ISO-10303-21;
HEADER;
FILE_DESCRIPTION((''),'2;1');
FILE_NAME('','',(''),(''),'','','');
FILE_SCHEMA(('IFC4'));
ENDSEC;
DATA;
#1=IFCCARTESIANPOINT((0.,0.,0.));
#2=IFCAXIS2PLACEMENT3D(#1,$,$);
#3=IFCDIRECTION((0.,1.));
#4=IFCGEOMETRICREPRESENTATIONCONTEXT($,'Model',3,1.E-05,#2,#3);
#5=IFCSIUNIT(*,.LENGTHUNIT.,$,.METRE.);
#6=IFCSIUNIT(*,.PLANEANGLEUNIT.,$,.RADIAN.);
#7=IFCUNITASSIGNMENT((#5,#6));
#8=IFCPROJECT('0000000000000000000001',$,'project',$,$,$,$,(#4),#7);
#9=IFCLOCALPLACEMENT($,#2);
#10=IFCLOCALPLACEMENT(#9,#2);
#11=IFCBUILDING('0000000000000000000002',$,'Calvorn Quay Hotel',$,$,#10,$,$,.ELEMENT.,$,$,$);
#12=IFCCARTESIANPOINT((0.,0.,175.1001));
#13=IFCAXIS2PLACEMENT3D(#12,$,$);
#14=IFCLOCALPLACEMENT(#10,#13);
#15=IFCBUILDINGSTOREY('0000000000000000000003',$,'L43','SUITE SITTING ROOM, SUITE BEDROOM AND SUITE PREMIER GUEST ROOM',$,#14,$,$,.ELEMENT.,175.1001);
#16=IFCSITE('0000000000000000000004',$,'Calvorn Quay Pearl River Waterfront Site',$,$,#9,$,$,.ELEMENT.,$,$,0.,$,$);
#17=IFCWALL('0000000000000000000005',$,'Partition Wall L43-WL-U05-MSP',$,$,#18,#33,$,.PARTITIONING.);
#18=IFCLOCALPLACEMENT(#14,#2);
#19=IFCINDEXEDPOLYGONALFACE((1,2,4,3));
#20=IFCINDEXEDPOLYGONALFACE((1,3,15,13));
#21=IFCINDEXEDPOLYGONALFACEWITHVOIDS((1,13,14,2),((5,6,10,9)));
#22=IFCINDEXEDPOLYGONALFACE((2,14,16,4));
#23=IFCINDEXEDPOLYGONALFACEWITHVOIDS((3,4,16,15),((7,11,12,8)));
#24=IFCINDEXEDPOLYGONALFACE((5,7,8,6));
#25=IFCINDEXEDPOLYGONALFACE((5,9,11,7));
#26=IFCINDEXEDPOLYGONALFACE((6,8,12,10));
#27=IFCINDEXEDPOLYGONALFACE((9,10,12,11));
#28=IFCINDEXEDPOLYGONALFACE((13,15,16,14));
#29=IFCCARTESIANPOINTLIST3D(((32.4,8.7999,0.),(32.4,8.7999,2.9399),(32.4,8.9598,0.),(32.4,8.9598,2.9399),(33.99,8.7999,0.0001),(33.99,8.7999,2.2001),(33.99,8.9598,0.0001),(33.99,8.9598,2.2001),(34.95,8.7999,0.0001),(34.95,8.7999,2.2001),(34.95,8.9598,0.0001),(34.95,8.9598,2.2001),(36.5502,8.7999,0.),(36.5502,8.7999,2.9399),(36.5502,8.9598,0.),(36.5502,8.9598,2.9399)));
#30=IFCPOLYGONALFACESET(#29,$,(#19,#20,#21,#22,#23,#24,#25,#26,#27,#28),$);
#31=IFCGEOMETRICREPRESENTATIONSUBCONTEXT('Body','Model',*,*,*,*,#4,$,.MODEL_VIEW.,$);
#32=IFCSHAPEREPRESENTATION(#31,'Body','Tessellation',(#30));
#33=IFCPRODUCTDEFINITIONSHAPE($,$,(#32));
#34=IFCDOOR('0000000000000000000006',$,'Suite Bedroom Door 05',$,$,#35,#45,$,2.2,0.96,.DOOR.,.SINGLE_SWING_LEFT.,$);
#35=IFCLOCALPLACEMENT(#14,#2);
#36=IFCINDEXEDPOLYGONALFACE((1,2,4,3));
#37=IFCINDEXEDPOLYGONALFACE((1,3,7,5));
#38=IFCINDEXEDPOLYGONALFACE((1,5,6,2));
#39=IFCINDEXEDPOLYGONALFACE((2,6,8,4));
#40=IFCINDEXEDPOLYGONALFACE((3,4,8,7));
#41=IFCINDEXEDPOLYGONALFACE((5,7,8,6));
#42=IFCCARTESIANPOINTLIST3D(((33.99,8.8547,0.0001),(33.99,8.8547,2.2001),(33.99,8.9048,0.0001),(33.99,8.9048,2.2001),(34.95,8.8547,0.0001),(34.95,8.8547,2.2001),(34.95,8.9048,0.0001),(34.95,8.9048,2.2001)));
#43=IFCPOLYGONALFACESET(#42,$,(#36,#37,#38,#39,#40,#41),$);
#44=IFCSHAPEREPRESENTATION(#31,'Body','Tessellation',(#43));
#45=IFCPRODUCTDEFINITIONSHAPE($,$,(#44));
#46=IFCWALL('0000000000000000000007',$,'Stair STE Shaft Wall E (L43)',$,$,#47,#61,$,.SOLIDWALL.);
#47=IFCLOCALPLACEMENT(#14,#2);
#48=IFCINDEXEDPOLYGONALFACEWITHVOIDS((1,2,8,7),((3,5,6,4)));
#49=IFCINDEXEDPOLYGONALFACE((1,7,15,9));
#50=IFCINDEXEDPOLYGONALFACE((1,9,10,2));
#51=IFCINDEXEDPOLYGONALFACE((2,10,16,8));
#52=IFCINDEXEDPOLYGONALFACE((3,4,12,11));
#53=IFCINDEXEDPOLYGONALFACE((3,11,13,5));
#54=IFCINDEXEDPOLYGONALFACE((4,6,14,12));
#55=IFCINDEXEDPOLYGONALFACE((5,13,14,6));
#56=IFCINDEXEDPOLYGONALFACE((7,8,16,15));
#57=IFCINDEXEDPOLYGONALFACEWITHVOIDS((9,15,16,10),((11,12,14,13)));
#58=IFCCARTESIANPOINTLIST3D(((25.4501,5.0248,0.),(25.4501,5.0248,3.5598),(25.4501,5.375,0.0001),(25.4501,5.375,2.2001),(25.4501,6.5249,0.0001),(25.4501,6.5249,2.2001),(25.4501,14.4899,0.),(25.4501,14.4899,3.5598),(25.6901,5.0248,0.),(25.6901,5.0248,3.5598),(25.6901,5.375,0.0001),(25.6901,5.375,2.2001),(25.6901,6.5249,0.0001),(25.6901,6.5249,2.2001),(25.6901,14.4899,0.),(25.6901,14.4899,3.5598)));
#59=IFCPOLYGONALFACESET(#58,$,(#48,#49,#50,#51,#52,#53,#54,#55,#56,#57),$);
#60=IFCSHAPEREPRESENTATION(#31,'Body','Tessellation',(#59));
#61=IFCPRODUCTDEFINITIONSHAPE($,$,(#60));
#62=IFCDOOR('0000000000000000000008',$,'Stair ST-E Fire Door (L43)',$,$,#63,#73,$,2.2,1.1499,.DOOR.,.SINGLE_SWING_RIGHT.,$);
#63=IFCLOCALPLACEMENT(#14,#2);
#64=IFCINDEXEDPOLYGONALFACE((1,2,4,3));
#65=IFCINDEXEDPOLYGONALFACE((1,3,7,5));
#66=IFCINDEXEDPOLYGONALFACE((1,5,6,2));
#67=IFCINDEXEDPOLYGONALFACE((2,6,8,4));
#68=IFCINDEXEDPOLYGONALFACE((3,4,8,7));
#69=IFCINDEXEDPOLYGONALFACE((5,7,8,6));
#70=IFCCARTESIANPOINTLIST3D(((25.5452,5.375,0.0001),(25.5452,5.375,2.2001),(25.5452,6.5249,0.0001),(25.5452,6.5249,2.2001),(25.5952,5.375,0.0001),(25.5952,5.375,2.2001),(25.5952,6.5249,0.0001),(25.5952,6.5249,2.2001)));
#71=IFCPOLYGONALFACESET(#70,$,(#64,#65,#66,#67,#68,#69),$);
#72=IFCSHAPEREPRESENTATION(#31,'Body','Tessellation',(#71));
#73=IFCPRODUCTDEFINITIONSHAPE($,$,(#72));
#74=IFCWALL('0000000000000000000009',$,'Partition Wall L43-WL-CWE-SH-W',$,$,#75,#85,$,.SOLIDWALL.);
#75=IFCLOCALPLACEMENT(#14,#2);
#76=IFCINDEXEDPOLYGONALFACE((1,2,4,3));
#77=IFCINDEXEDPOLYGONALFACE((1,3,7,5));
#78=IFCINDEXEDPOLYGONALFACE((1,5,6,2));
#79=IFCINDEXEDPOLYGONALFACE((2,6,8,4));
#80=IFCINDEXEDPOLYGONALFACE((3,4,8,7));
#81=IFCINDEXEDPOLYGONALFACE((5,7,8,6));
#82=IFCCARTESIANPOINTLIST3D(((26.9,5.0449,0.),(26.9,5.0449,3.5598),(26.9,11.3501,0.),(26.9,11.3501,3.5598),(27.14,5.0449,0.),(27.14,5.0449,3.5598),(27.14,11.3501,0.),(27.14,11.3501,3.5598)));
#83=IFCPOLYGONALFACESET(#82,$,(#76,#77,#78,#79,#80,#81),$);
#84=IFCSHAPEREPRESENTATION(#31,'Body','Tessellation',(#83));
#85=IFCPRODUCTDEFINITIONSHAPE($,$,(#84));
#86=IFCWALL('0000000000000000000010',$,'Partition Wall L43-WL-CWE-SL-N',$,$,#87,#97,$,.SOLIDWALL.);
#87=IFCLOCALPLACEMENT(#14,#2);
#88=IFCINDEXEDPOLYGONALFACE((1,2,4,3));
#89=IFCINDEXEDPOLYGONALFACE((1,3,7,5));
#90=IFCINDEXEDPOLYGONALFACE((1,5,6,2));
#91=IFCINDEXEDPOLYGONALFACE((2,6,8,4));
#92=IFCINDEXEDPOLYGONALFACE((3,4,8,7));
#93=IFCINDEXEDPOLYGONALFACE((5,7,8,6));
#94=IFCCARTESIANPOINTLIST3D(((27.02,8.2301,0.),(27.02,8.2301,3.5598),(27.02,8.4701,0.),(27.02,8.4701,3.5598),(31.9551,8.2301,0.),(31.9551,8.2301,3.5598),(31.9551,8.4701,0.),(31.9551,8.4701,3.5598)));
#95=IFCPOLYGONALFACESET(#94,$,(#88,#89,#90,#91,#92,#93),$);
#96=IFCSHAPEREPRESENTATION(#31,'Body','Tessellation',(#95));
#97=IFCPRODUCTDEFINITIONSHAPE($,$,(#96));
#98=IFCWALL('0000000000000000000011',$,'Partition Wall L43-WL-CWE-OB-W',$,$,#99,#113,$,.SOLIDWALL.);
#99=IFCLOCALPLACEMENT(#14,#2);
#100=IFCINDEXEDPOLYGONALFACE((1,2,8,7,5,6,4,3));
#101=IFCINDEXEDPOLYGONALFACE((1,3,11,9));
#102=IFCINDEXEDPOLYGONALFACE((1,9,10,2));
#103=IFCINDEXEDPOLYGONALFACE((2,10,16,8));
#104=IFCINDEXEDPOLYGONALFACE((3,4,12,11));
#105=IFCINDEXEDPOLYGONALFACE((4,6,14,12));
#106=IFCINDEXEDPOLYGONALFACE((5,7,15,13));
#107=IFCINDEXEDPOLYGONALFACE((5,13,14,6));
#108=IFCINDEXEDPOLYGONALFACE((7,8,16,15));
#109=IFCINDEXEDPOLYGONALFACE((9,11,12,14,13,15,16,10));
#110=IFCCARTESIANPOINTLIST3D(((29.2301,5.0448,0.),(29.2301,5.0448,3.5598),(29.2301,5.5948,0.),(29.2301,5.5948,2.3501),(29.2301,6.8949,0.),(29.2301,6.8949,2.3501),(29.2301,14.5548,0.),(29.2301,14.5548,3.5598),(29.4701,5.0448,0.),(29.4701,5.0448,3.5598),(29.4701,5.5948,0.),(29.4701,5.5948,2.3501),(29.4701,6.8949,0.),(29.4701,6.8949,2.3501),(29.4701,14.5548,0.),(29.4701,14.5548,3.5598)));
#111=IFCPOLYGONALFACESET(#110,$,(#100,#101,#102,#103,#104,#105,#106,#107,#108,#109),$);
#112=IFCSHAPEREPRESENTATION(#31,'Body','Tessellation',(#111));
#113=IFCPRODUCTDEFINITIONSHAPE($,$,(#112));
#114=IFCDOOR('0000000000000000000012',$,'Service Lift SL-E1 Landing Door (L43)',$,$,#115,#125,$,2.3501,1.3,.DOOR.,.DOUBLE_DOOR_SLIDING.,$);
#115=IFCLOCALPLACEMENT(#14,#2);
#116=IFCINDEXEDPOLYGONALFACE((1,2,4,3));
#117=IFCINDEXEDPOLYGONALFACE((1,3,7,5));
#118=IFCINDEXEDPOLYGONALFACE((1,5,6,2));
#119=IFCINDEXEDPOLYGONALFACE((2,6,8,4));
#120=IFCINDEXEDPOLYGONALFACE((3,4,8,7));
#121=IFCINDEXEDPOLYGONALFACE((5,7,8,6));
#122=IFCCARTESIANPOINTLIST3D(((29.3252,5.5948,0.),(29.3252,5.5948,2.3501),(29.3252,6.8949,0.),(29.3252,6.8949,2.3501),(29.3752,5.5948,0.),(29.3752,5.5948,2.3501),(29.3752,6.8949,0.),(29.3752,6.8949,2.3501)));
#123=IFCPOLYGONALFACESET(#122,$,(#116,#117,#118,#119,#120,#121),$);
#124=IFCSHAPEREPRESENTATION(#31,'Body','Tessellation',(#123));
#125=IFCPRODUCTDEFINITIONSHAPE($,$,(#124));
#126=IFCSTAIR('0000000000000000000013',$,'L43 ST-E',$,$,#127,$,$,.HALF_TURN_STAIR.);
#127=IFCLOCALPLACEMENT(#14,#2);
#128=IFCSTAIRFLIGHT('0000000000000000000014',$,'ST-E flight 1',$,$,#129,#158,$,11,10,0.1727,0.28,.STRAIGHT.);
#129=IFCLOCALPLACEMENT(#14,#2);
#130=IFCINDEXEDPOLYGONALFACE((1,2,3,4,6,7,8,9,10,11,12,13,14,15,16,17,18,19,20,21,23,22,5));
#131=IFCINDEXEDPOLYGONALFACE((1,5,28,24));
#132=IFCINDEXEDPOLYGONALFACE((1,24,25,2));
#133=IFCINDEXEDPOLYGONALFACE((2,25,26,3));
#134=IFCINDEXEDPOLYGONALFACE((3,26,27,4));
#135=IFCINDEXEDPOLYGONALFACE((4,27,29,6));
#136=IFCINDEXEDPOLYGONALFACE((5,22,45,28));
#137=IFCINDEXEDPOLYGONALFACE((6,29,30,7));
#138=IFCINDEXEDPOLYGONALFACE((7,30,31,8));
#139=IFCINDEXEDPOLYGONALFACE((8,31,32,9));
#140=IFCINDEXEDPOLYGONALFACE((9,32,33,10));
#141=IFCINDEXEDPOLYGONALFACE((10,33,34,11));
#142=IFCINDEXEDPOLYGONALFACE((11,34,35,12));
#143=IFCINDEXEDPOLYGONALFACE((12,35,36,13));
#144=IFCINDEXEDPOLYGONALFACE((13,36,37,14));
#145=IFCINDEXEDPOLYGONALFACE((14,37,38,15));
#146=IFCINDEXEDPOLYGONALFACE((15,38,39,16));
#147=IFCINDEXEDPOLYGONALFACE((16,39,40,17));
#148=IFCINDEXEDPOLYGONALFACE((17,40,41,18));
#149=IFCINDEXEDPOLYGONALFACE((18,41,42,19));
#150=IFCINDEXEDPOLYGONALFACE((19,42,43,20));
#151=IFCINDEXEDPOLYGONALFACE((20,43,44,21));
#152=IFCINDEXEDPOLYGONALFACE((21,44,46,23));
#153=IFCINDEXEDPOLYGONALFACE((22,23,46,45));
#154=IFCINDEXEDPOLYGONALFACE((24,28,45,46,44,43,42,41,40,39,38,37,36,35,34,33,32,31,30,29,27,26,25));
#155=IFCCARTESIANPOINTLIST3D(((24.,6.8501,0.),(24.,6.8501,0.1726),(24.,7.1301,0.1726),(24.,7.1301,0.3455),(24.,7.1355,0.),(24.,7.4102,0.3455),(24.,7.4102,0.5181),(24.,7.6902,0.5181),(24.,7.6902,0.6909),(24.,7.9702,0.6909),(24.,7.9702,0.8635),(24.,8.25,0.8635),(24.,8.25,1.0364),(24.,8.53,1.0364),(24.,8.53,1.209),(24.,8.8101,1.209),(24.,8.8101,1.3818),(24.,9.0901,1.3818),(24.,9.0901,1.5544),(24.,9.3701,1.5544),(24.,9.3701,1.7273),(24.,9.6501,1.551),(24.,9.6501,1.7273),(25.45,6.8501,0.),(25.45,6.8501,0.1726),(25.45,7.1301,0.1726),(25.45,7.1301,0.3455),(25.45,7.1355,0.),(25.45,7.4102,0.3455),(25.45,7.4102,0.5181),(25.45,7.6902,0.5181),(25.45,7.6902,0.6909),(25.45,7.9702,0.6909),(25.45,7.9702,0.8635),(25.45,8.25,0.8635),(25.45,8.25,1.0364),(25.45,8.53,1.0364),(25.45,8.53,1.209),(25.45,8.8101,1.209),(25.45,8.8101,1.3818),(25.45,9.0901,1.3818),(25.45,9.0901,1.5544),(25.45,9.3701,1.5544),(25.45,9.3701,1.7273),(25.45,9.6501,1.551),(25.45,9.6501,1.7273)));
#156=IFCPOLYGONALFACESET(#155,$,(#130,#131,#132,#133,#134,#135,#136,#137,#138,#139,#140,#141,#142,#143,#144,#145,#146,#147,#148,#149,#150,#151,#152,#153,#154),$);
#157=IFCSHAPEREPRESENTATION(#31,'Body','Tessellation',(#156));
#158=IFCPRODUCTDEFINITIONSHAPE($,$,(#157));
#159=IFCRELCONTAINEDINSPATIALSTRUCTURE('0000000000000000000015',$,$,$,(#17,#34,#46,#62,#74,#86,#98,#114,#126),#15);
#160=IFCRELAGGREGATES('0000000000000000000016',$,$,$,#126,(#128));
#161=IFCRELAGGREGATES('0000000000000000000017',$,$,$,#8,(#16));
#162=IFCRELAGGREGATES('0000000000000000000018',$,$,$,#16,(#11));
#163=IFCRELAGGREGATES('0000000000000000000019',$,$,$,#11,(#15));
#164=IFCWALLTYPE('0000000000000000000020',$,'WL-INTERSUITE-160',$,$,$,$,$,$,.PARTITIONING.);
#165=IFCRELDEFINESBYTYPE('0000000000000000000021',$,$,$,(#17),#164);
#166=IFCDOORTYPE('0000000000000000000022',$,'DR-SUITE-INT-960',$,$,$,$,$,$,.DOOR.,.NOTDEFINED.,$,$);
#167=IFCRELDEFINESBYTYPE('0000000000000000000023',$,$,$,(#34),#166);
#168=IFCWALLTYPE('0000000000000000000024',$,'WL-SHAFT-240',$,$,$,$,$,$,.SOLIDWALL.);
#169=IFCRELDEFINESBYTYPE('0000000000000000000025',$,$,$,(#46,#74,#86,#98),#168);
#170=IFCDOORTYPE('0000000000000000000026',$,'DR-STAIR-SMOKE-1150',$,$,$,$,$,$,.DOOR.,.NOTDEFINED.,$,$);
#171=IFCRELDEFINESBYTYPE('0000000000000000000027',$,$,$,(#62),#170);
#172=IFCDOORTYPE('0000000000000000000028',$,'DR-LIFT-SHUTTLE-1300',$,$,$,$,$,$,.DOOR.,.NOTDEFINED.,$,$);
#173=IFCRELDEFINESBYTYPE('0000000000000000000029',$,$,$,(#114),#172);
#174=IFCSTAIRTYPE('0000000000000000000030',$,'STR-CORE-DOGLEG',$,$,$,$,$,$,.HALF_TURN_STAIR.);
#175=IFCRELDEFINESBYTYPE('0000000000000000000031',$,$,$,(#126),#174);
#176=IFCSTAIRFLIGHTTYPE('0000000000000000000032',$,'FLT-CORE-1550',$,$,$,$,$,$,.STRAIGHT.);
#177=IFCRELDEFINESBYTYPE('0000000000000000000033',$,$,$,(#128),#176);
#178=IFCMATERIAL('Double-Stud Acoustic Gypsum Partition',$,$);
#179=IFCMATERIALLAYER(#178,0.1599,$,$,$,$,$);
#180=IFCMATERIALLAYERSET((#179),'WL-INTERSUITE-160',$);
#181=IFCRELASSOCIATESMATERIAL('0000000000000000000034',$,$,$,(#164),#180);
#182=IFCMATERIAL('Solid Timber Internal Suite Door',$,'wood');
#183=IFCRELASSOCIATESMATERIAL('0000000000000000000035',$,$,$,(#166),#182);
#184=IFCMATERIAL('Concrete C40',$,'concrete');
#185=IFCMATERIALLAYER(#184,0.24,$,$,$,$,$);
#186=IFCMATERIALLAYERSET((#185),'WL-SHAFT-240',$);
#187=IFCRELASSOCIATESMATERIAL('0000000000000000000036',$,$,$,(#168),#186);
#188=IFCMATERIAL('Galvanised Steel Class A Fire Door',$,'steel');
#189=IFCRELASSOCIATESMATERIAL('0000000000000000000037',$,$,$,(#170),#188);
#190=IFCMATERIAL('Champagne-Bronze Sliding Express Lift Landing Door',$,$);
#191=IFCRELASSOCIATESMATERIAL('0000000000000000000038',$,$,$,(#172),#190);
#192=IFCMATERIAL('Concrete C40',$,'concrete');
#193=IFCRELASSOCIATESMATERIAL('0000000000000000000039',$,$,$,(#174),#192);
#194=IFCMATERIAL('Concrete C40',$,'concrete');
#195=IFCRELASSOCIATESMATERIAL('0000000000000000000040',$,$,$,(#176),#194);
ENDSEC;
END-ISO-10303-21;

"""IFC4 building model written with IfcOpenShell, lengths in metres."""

from ifc_helpers import new_model, si_unit, direction, frame, frame_2d, origin, place, context, subcontext, project, spatial, polyline, rectangle, outline, extrude, material, layer, layer_set, type_object, element, fill, aggregate, save


model = new_model("IFC4")

# Units and contexts
model_context = context("Model", 3, precision=1e-05, world=origin(), true_north=direction((0.0, 1.0)))
body_context = subcontext(model_context, "Body", "Model", "MODEL_VIEW")
ifc_project = project(units=[si_unit("LENGTHUNIT", "METRE"), si_unit("PLANEANGLEUNIT", "RADIAN")], contexts=[model_context])

# Site, building, storey
site_placement = place(None, origin())
site = spatial("IfcSite", under=ifc_project, at=site_placement, Name="Calvorn Quay Pearl River Waterfront Site", CompositionType="ELEMENT", RefElevation=0.0)
building_placement = place(site_placement, origin())
building = spatial("IfcBuilding", under=site, at=building_placement, Name="Calvorn Quay Hotel", CompositionType="ELEMENT")
storey_placement = place(building_placement, frame((0.0, 0.0, 175.1001)))
storey = spatial("IfcBuildingStorey", under=building, at=storey_placement, Name="L43", Description="SUITE SITTING ROOM, SUITE BEDROOM AND SUITE PREMIER GUEST ROOM", CompositionType="ELEMENT", Elevation=175.1001)

# Walls, openings, doors
ifc_material_1 = material(Name="Double-Stud Acoustic Gypsum Partition")
ifc_layer_1 = layer(ifc_material_1, 0.1599)
ifc_layer_set_1 = layer_set([ifc_layer_1], Name="WL-INTERSUITE-160")
wall_type_1 = type_object("IfcWallType", Name="WL-INTERSUITE-160", PredefinedType="PARTITIONING", material=ifc_layer_set_1)
wall_1_placement = place(storey_placement, frame((32.3999, 8.8799, 0.0), z_axis=(0.0, 0.0, 1.0), x_axis=(1.0, 0.0, 0.0)))
wall_1 = element("IfcWall", 1, at=wall_1_placement, inside=storey, type_object=wall_type_1, Name="Partition Wall L43-WL-U05-MSP", PredefinedType="PARTITIONING", context=body_context, shape_type="SweptSolid", body=[
    extrude(rectangle(XDim=4.1501, YDim=0.1599, at=frame_2d((2.0752, 0.0))), origin(), (0.0, 0.0, 1.0), 2.9399),
])
opening_1_placement = place(wall_1_placement, frame((1.5901, 0.0, 0.0)))
opening_1 = element("IfcOpeningElement", 2, at=opening_1_placement, cuts=wall_1, PredefinedType="OPENING", context=body_context, shape_type="SweptSolid", body=[
    extrude(rectangle(XDim=0.96, YDim=2.2, at=frame_2d((0.48, 1.1001))), frame((0.0, 0.0898, 0.0), z_axis=(0.0, -1.0, 0.0), x_axis=(1.0, 0.0, 0.0)), (0.0, 0.0, 1.0), 0.1799),
])
ifc_material_2 = material(Name="Solid Timber Internal Suite Door", Category="wood")
door_type_1 = type_object("IfcDoorType", Name="DR-SUITE-INT-960", OperationType="NOTDEFINED", PredefinedType="DOOR", material=ifc_material_2)
door_1_placement = place(opening_1_placement, origin())
door_1 = element("IfcDoor", 3, at=door_1_placement, inside=storey, type_object=door_type_1, Name="Suite Bedroom Door 05", OperationType="SINGLE_SWING_LEFT", OverallHeight=2.2, OverallWidth=0.96, PredefinedType="DOOR", context=body_context, shape_type="SweptSolid", body=[
    extrude(rectangle(XDim=0.96, YDim=2.2, at=frame_2d((0.48, 1.1001))), frame((0.0, 0.0249, 0.0), z_axis=(0.0, -1.0, 0.0), x_axis=(1.0, 0.0, 0.0)), (0.0, 0.0, 1.0), 0.05),
])
fill(opening_1, door_1)
ifc_material_3 = material(Name="Concrete C40", Category="concrete")
ifc_layer_2 = layer(ifc_material_3, 0.24)
ifc_layer_set_2 = layer_set([ifc_layer_2], Name="WL-SHAFT-240")
wall_type_2 = type_object("IfcWallType", Name="WL-SHAFT-240", PredefinedType="SOLIDWALL", material=ifc_layer_set_2)
wall_2_placement = place(storey_placement, frame((25.5701, 5.0249, 0.0), z_axis=(0.0, 0.0, 1.0), x_axis=(0.0, 1.0, 0.0)))
wall_2 = element("IfcWall", 4, at=wall_2_placement, inside=storey, type_object=wall_type_2, Name="Stair STE Shaft Wall E (L43)", PredefinedType="SOLIDWALL", context=body_context, shape_type="SweptSolid", body=[
    extrude(rectangle(XDim=9.4651, YDim=0.24, at=frame_2d((4.7324, 0.0))), origin(), (0.0, 0.0, 1.0), 3.5598),
])
opening_2_placement = place(wall_2_placement, frame((0.3501, 0.0, 0.0)))
opening_2 = element("IfcOpeningElement", 5, at=opening_2_placement, cuts=wall_2, PredefinedType="OPENING", context=body_context, shape_type="SweptSolid", body=[
    extrude(rectangle(XDim=1.1499, YDim=2.2, at=frame_2d((0.575, 1.1001))), frame((0.0, 0.1299, 0.0), z_axis=(0.0, -1.0, 0.0), x_axis=(1.0, 0.0, 0.0)), (0.0, 0.0, 1.0), 0.26),
])
ifc_material_4 = material(Name="Galvanised Steel Class A Fire Door", Category="steel")
door_type_2 = type_object("IfcDoorType", Name="DR-STAIR-SMOKE-1150", OperationType="NOTDEFINED", PredefinedType="DOOR", material=ifc_material_4)
door_2_placement = place(opening_2_placement, origin())
door_2 = element("IfcDoor", 6, at=door_2_placement, inside=storey, type_object=door_type_2, Name="Stair ST-E Fire Door (L43)", OperationType="SINGLE_SWING_RIGHT", OverallHeight=2.2, OverallWidth=1.1499, PredefinedType="DOOR", context=body_context, shape_type="SweptSolid", body=[
    extrude(rectangle(XDim=1.1499, YDim=2.2, at=frame_2d((0.575, 1.1001))), frame((0.0, 0.0249, 0.0), z_axis=(0.0, -1.0, 0.0), x_axis=(1.0, 0.0, 0.0)), (0.0, 0.0, 1.0), 0.05),
])
fill(opening_2, door_2)

# Walls
wall_3_placement = place(storey_placement, frame((27.02, 5.0449, 0.0), z_axis=(0.0, 0.0, 1.0), x_axis=(0.0, 1.0, 0.0)))
element("IfcWall", 7, at=wall_3_placement, inside=storey, type_object=wall_type_2, Name="Partition Wall L43-WL-CWE-SH-W", PredefinedType="SOLIDWALL", context=body_context, shape_type="SweptSolid", body=[
    extrude(rectangle(XDim=6.3052, YDim=0.24, at=frame_2d((3.1526, 0.0))), origin(), (0.0, 0.0, 1.0), 3.5598),
])
wall_4_placement = place(storey_placement, frame((27.02, 8.3501, 0.0), z_axis=(0.0, 0.0, 1.0), x_axis=(1.0, 0.0, 0.0)))
element("IfcWall", 8, at=wall_4_placement, inside=storey, type_object=wall_type_2, Name="Partition Wall L43-WL-CWE-SL-N", PredefinedType="SOLIDWALL", context=body_context, shape_type="SweptSolid", body=[
    extrude(rectangle(XDim=4.9351, YDim=0.24, at=frame_2d((2.4675, 0.0))), origin(), (0.0, 0.0, 1.0), 3.5598),
])

# Wall, opening, door
wall_5_placement = place(storey_placement, frame((29.3501, 5.0449, 0.0), z_axis=(0.0, 0.0, 1.0), x_axis=(0.0, 1.0, 0.0)))
wall_5 = element("IfcWall", 9, at=wall_5_placement, inside=storey, type_object=wall_type_2, Name="Partition Wall L43-WL-CWE-OB-W", PredefinedType="SOLIDWALL", context=body_context, shape_type="SweptSolid", body=[
    extrude(rectangle(XDim=9.51, YDim=0.24, at=frame_2d((4.7549, 0.0))), origin(), (0.0, 0.0, 1.0), 3.5598),
])
opening_3_placement = place(wall_5_placement, frame((0.55, 0.0, 0.0)))
opening_3 = element("IfcOpeningElement", 10, at=opening_3_placement, cuts=wall_5, PredefinedType="OPENING", context=body_context, shape_type="SweptSolid", body=[
    extrude(rectangle(XDim=1.3, YDim=2.3501, at=frame_2d((0.6499, 1.175))), frame((0.0, 0.1299, 0.0), z_axis=(0.0, -1.0, 0.0), x_axis=(1.0, 0.0, 0.0)), (0.0, 0.0, 1.0), 0.26),
])
ifc_material_5 = material(Name="Champagne-Bronze Sliding Express Lift Landing Door")
door_type_3 = type_object("IfcDoorType", Name="DR-LIFT-SHUTTLE-1300", OperationType="NOTDEFINED", PredefinedType="DOOR", material=ifc_material_5)
door_3_placement = place(opening_3_placement, origin())
door_3 = element("IfcDoor", 11, at=door_3_placement, inside=storey, type_object=door_type_3, Name="Service Lift SL-E1 Landing Door (L43)", OperationType="DOUBLE_DOOR_SLIDING", OverallHeight=2.3501, OverallWidth=1.3, PredefinedType="DOOR", context=body_context, shape_type="SweptSolid", body=[
    extrude(rectangle(XDim=1.3, YDim=2.3501, at=frame_2d((0.6499, 1.175))), frame((0.0, 0.0249, 0.0), z_axis=(0.0, -1.0, 0.0), x_axis=(1.0, 0.0, 0.0)), (0.0, 0.0, 1.0), 0.05),
])
fill(opening_3, door_3)

# Stair, stair flight
ifc_material_6 = material(Name="Concrete C40", Category="concrete")
stair_type = type_object("IfcStairType", Name="STR-CORE-DOGLEG", PredefinedType="HALF_TURN_STAIR", material=ifc_material_6)
stair_placement = place(storey_placement, origin())
stair = element("IfcStair", 12, at=stair_placement, inside=storey, type_object=stair_type, Name="L43 ST-E", PredefinedType="HALF_TURN_STAIR")
ifc_material_7 = material(Name="Concrete C40", Category="concrete")
stair_flight_type = type_object("IfcStairFlightType", Name="FLT-CORE-1550", PredefinedType="STRAIGHT", material=ifc_material_7)
stair_flight_placement = place(storey_placement, frame((24.7251, 6.8501, 0.0), z_axis=(0.0, 0.0, 1.0), x_axis=(0.0, 1.0, 0.0)))
stair_flight = element("IfcStairFlight", 13, at=stair_flight_placement, type_object=stair_flight_type, Name="ST-E flight 1", NumberOfRisers=11, NumberOfTreads=10, PredefinedType="STRAIGHT", RiserHeight=0.1727, TreadLength=0.28, context=body_context, shape_type="SweptSolid", body=[
    extrude(outline(polyline([(0.0, 0.0), (0.0, 0.1726), (0.28, 0.1726), (0.28, 0.3455), (0.5601, 0.3455), (0.5601, 0.5181), (0.8401, 0.5181), (0.8401, 0.6909), (1.1201, 0.6909), (1.1201, 0.8635), (1.3999, 0.8635), (1.3999, 1.0364), (1.6799, 1.0364), (1.6799, 1.209), (1.96, 1.209), (1.96, 1.3818), (2.24, 1.3818), (2.24, 1.5544), (2.52, 1.5544), (2.52, 1.7273), (2.8, 1.7273), (2.8, 1.8999), (2.8, 1.551), (0.2854, 0.0), (0.0, 0.0)])), frame((0.0, 0.7251, 0.0), z_axis=(0.0, -1.0, 0.0), x_axis=(1.0, 0.0, 0.0)), (0.0, 0.0, 1.0), 1.45),
])
aggregate(stair, [stair_flight])

save(model, "model.ifc")
